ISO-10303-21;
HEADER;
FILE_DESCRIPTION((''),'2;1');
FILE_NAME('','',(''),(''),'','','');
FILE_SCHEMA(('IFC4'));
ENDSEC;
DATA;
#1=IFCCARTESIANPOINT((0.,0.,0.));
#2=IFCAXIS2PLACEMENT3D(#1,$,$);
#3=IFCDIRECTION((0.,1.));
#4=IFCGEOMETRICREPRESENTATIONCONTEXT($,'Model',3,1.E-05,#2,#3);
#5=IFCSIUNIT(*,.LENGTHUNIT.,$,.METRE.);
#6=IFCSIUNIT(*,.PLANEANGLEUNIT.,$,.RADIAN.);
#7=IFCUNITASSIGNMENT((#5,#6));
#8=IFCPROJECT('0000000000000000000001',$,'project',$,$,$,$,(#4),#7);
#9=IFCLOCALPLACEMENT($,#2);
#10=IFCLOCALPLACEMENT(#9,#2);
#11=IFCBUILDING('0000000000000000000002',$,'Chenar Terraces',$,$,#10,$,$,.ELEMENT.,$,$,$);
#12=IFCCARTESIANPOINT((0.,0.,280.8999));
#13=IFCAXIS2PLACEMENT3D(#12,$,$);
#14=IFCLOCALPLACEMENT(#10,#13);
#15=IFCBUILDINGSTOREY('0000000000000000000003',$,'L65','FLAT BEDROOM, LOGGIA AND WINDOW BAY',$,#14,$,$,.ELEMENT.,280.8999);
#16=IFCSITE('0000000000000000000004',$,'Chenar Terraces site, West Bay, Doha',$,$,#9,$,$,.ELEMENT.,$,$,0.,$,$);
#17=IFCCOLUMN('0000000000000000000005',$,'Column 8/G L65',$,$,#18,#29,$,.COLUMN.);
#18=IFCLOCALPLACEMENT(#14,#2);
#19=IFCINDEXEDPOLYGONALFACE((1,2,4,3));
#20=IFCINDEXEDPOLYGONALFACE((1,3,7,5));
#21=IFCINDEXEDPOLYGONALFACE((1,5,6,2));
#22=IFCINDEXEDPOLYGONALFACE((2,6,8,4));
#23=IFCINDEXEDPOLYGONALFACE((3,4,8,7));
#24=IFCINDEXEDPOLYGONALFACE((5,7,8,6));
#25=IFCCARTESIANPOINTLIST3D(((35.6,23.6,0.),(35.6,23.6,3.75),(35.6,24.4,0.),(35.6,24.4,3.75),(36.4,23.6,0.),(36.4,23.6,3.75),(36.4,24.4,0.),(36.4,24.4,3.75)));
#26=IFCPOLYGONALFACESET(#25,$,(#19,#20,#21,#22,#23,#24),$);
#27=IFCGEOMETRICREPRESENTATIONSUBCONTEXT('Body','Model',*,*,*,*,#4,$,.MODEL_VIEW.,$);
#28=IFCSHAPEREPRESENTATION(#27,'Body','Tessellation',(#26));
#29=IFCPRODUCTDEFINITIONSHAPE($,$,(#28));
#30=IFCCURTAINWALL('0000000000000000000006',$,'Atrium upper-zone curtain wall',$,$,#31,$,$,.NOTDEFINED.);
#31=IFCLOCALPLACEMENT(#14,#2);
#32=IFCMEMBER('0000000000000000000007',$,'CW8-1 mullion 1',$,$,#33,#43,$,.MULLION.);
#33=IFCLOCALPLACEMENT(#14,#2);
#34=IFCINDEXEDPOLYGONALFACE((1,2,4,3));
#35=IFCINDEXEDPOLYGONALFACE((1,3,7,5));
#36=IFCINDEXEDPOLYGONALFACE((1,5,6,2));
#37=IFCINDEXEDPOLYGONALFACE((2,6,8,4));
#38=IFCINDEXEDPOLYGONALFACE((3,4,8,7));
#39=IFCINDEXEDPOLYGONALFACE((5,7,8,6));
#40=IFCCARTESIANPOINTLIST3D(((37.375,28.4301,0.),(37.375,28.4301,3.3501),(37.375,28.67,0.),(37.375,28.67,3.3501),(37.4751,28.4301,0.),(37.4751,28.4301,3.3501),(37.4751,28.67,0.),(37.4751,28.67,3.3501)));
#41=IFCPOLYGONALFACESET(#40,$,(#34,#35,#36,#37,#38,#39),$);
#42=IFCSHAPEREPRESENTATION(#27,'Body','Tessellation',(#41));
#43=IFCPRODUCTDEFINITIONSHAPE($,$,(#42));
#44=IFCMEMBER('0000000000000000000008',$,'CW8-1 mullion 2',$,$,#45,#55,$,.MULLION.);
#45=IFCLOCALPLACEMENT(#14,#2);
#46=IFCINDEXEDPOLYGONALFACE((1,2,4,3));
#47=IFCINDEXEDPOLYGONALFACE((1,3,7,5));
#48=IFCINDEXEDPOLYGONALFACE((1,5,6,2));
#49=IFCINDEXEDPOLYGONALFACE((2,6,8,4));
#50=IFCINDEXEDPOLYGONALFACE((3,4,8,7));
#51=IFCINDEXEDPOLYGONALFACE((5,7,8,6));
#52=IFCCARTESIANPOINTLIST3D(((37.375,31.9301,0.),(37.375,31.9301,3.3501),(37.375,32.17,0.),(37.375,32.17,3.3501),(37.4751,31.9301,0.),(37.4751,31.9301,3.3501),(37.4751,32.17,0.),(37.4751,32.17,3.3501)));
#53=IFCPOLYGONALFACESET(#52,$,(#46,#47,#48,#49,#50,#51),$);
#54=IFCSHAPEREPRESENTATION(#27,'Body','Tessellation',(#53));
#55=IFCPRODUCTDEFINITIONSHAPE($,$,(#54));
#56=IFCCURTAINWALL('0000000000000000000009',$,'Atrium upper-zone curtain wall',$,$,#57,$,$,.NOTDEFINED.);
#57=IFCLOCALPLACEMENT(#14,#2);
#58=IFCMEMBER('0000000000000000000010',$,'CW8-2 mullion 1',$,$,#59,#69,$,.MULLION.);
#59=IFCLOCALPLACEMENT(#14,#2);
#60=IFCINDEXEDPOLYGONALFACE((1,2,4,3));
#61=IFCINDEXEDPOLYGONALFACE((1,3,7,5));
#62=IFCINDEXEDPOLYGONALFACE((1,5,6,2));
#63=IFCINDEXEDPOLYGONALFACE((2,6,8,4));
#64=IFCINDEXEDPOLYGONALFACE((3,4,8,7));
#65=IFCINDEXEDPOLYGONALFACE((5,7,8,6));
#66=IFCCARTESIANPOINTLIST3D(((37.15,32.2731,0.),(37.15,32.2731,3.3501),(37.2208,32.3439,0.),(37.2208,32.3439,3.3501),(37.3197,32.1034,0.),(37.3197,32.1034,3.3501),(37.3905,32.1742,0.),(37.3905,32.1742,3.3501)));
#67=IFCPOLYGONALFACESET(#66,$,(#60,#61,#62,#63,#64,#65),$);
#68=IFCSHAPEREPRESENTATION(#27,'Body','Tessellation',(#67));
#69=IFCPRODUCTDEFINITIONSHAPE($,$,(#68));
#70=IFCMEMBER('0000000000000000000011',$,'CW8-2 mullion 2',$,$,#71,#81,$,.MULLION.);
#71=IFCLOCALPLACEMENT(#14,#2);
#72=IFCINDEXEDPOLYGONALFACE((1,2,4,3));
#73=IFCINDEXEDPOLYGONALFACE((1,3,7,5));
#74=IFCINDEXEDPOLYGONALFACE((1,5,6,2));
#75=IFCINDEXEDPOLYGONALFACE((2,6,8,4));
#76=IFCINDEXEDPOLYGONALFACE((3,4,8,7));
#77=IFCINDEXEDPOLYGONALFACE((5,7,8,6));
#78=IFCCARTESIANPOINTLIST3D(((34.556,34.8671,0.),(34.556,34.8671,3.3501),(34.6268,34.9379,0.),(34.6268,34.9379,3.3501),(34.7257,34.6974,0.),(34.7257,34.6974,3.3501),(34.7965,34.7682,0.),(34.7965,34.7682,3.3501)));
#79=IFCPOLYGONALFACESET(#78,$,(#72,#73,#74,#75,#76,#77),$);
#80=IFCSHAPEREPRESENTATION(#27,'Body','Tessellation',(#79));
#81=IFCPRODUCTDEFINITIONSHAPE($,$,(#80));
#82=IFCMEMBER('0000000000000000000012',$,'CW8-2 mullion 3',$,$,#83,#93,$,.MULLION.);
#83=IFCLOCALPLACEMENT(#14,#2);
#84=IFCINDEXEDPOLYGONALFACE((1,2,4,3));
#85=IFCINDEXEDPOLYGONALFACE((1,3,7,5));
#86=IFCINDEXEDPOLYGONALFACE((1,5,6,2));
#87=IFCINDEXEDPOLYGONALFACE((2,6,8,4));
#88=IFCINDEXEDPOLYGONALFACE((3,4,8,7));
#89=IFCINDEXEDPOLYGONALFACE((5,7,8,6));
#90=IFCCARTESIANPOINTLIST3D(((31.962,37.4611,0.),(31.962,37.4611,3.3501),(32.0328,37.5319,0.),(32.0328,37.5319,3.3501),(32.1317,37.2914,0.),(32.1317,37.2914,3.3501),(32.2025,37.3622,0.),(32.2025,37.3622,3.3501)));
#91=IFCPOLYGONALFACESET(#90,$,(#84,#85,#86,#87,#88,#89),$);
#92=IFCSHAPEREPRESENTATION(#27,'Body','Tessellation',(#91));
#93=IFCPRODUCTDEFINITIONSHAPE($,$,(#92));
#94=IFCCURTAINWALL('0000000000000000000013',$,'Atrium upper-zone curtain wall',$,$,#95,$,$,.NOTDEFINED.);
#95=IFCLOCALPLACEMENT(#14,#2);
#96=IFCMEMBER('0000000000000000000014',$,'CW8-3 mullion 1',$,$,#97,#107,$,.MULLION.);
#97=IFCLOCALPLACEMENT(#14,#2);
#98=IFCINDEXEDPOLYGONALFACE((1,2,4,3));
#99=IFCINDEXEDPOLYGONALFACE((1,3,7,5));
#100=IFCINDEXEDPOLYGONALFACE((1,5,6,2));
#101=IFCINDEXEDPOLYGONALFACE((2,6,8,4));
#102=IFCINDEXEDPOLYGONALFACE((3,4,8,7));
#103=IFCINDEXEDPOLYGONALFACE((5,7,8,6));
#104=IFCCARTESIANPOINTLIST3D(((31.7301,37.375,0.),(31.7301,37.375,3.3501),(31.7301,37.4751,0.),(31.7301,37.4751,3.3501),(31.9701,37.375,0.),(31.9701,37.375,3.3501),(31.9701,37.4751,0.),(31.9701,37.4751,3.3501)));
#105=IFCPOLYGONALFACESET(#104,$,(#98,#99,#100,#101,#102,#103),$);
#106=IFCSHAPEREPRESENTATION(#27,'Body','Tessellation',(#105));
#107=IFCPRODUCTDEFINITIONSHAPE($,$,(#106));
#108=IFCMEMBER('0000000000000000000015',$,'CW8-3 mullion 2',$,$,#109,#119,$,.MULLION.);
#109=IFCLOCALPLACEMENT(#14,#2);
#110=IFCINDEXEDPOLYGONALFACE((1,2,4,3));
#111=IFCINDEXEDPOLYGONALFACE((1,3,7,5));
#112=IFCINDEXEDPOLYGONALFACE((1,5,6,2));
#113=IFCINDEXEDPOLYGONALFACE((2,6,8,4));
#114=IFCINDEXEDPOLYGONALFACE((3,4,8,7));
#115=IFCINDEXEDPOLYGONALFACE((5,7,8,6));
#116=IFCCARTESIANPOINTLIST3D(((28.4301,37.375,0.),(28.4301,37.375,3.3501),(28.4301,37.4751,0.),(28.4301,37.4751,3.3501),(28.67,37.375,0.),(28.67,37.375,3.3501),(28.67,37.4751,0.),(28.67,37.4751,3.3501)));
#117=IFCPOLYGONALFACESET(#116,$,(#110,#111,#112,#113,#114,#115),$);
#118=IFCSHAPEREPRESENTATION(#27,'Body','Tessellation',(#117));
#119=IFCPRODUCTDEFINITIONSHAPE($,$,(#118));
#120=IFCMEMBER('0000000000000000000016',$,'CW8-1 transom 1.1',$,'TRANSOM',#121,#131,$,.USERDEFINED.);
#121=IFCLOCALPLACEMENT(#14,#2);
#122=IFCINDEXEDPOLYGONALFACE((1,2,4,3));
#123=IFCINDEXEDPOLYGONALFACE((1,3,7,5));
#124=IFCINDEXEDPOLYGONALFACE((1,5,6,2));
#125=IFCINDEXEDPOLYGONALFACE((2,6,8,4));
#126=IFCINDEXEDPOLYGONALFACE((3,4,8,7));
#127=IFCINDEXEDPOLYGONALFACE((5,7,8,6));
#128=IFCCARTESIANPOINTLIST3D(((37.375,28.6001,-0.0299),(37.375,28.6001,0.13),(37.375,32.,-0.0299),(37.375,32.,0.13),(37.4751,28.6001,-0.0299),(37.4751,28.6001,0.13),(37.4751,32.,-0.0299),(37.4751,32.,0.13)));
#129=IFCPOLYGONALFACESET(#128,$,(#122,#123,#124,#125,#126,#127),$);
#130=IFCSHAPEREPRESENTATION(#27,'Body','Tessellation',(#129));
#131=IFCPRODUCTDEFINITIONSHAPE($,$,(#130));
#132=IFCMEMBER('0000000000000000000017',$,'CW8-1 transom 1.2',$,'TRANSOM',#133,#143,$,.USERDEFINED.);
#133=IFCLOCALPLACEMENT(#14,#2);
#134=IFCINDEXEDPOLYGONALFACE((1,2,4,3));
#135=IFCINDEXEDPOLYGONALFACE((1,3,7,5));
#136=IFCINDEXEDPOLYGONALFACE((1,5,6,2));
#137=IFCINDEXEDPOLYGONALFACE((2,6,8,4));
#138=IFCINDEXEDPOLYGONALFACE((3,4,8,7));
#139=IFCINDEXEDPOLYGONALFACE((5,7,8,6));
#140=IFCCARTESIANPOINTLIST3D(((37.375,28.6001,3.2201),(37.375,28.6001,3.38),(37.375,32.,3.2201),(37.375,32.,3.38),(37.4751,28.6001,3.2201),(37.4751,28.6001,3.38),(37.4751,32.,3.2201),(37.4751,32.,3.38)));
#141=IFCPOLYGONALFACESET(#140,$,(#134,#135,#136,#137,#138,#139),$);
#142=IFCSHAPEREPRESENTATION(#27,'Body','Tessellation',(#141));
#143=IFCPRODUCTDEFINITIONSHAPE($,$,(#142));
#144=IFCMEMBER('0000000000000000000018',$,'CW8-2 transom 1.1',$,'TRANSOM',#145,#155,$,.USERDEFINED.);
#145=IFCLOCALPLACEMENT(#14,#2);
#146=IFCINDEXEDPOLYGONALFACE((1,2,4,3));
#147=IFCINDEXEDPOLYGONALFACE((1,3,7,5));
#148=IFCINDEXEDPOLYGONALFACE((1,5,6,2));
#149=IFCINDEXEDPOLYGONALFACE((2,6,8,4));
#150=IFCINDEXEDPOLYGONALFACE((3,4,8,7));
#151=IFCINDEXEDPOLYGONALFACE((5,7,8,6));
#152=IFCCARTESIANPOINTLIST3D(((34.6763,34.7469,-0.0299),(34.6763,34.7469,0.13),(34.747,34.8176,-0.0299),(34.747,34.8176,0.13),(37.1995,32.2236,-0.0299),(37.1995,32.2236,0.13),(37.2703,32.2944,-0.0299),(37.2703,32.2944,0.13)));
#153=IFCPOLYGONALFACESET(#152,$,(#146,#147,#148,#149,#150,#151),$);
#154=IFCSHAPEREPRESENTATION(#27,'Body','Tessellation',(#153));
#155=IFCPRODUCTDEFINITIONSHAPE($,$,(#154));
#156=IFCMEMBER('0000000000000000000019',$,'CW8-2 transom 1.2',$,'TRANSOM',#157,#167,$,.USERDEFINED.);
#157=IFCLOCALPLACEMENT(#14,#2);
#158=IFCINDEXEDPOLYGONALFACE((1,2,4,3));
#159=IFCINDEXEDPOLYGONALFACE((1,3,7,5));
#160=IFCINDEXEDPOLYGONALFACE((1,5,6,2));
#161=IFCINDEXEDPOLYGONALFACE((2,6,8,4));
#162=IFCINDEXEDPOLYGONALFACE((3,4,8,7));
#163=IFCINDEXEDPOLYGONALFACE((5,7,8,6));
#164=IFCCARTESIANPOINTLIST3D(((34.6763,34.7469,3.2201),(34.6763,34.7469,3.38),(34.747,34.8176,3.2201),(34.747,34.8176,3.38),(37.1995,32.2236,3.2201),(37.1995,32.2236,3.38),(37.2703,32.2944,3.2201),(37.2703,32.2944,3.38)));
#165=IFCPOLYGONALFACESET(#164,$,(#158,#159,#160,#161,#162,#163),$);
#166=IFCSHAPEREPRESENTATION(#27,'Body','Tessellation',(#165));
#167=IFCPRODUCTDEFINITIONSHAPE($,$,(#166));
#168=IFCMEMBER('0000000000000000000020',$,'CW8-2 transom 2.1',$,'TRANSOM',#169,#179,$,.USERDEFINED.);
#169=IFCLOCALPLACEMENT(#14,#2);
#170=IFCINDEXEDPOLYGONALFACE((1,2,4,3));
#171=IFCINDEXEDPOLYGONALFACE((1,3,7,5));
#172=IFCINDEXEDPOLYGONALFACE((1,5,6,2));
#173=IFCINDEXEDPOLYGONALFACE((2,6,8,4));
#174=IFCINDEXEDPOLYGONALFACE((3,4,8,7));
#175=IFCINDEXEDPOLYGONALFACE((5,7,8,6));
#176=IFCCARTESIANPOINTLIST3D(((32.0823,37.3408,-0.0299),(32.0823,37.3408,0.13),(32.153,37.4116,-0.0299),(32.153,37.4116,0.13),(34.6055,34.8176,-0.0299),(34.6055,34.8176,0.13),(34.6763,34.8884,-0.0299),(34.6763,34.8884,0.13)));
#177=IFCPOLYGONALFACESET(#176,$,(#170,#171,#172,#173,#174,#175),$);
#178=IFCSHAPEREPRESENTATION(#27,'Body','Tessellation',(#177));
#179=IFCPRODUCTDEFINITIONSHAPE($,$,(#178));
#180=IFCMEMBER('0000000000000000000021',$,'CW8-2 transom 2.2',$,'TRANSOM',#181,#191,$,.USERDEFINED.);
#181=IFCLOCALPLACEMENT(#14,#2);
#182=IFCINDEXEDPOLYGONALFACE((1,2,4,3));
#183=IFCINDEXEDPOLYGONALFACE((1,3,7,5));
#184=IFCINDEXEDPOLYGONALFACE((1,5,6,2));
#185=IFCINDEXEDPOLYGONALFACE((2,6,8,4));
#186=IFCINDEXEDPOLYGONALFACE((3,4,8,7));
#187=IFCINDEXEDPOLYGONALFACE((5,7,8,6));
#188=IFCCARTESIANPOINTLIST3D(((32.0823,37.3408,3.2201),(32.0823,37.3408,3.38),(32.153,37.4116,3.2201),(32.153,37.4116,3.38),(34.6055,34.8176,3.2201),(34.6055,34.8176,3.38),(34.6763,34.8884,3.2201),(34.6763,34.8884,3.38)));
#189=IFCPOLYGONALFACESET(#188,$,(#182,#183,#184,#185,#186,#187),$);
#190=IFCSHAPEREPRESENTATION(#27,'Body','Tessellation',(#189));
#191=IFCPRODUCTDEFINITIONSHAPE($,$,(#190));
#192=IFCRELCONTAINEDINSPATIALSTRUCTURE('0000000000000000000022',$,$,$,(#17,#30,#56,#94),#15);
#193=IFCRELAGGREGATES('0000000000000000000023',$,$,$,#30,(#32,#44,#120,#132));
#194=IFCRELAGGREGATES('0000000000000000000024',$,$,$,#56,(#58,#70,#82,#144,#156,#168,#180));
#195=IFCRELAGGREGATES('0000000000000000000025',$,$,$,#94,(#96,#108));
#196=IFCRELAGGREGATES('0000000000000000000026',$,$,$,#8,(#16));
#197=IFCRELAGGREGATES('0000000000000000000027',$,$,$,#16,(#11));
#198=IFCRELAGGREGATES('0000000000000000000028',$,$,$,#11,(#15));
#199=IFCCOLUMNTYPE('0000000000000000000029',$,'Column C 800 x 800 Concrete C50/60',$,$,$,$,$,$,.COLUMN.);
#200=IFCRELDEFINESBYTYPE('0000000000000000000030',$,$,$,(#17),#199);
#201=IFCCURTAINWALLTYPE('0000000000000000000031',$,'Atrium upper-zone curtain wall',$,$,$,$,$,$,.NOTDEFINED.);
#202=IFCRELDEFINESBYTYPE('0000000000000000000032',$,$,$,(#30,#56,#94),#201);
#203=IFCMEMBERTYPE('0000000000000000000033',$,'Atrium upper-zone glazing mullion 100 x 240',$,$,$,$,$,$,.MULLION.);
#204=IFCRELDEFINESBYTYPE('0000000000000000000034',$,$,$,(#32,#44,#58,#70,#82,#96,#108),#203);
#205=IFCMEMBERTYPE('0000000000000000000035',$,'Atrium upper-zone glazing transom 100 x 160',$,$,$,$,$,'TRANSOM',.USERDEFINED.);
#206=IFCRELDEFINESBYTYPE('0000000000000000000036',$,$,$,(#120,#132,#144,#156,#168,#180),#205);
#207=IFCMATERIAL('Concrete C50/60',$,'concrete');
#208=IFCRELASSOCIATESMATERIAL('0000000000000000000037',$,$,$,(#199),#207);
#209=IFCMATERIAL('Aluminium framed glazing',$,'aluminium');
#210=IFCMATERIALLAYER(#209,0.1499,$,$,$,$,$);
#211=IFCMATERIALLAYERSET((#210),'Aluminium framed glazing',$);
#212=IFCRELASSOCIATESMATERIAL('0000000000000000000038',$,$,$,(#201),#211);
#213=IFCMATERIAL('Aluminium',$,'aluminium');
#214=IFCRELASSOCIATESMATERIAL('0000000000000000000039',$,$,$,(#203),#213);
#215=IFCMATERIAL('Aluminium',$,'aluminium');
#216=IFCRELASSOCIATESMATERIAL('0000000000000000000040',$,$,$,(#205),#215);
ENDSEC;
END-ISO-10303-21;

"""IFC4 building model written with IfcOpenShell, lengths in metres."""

from ifc_helpers import new_model, si_unit, direction, frame, origin, origin_2d, place, context, subcontext, project, spatial, rectangle, extrude, material, layer, layer_set, material_profile, profile_set, type_object, element, aggregate, save


model = new_model("IFC4")

# Units and contexts
model_context = context("Model", 3, precision=1e-05, world=origin(), true_north=direction((0.0, 1.0)))
body_context = subcontext(model_context, "Body", "Model", "MODEL_VIEW")
ifc_project = project(units=[si_unit("LENGTHUNIT", "METRE"), si_unit("PLANEANGLEUNIT", "RADIAN")], contexts=[model_context])

# Site, building, storey
site_placement = place(None, origin())
site = spatial("IfcSite", under=ifc_project, at=site_placement, Name="Chenar Terraces site, West Bay, Doha", CompositionType="ELEMENT", RefElevation=0.0)
building_placement = place(site_placement, origin())
building = spatial("IfcBuilding", under=site, at=building_placement, Name="Chenar Terraces", CompositionType="ELEMENT")
storey_placement = place(building_placement, frame((0.0, 0.0, 280.8999)))
storey = spatial("IfcBuildingStorey", under=building, at=storey_placement, Name="L65", Description="FLAT BEDROOM, LOGGIA AND WINDOW BAY", CompositionType="ELEMENT", Elevation=280.8999)

# Column
ifc_material_1 = material(Name="Concrete C50/60", Category="concrete")
ifc_material_profile_1 = material_profile(ifc_material_1, rectangle(XDim=0.8, YDim=0.8, at=origin_2d()), Name="C 800 x 800")
ifc_profile_set_1 = profile_set([ifc_material_profile_1], Name="Concrete C50/60")
column_type = type_object("IfcColumnType", Name="Column C 800 x 800 Concrete C50/60", PredefinedType="COLUMN", material=ifc_profile_set_1)
column_placement = place(storey_placement, frame((36.0, 24.0, 0.0), z_axis=(0.0, 0.0, 1.0), x_axis=(1.0, 0.0, 0.0)))
element("IfcColumn", 1, at=column_placement, inside=storey, type_object=column_type, Name="Column 8/G L65", PredefinedType="COLUMN", context=body_context, shape_type="SweptSolid", body=[
    extrude(rectangle(XDim=0.8, YDim=0.8, at=origin_2d()), origin(), (0.0, 0.0, 1.0), 3.75),
])

# Curtain walls, members
ifc_material_2 = material(Name="Aluminium framed glazing", Category="aluminium")
ifc_layer_1 = layer(ifc_material_2, 0.1499)
ifc_layer_set_1 = layer_set([ifc_layer_1], Name="Aluminium framed glazing")
curtain_wall_type = type_object("IfcCurtainWallType", Name="Atrium upper-zone curtain wall", PredefinedType="NOTDEFINED", material=ifc_layer_set_1)
placement = place(storey_placement, origin())
curtain_wall_1 = element("IfcCurtainWall", 2, at=placement, inside=storey, type_object=curtain_wall_type, Name="Atrium upper-zone curtain wall", PredefinedType="NOTDEFINED")
ifc_material_3 = material(Name="Aluminium", Category="aluminium")
ifc_material_profile_2 = material_profile(ifc_material_3, rectangle(XDim=0.1001, YDim=0.24, at=origin_2d()), Name="Atrium upper-zone glazing mullion 100 x 240")
ifc_profile_set_2 = profile_set([ifc_material_profile_2], Name="Aluminium")
member_type_1 = type_object("IfcMemberType", Name="Atrium upper-zone glazing mullion 100 x 240", PredefinedType="MULLION", material=ifc_profile_set_2)
member_1_placement = place(storey_placement, frame((37.425, 28.55, 0.0), z_axis=(0.0, 0.0, 1.0), x_axis=(-1.0, 0.0, 0.0)))
member_1 = element("IfcMember", 3, at=member_1_placement, type_object=member_type_1, Name="CW8-1 mullion 1", PredefinedType="MULLION", context=body_context, shape_type="SweptSolid", body=[
    extrude(rectangle(XDim=0.1001, YDim=0.24, at=origin_2d()), origin(), (0.0, 0.0, 1.0), 3.3501),
])
member_2_placement = place(storey_placement, frame((37.425, 32.05, 0.0), z_axis=(0.0, 0.0, 1.0), x_axis=(-1.0, 0.0, 0.0)))
member_2 = element("IfcMember", 4, at=member_2_placement, type_object=member_type_1, Name="CW8-1 mullion 2", PredefinedType="MULLION", context=body_context, shape_type="SweptSolid", body=[
    extrude(rectangle(XDim=0.1001, YDim=0.24, at=origin_2d()), origin(), (0.0, 0.0, 1.0), 3.3501),
])
curtain_wall_2 = element("IfcCurtainWall", 5, at=placement, inside=storey, type_object=curtain_wall_type, Name="Atrium upper-zone curtain wall", PredefinedType="NOTDEFINED")
member_3_placement = place(storey_placement, frame((37.2703, 32.2236, 0.0), z_axis=(0.0, 0.0, 1.0), x_axis=(-0.707107, -0.707107, 0.0)))
member_3 = element("IfcMember", 6, at=member_3_placement, type_object=member_type_1, Name="CW8-2 mullion 1", PredefinedType="MULLION", context=body_context, shape_type="SweptSolid", body=[
    extrude(rectangle(XDim=0.1001, YDim=0.24, at=origin_2d()), origin(), (0.0, 0.0, 1.0), 3.3501),
])
member_4_placement = place(storey_placement, frame((34.6763, 34.8176, 0.0), z_axis=(0.0, 0.0, 1.0), x_axis=(-0.707107, -0.707107, 0.0)))
member_4 = element("IfcMember", 7, at=member_4_placement, type_object=member_type_1, Name="CW8-2 mullion 2", PredefinedType="MULLION", context=body_context, shape_type="SweptSolid", body=[
    extrude(rectangle(XDim=0.1001, YDim=0.24, at=origin_2d()), origin(), (0.0, 0.0, 1.0), 3.3501),
])
member_5_placement = place(storey_placement, frame((32.0823, 37.4116, 0.0), z_axis=(0.0, 0.0, 1.0), x_axis=(-0.707107, -0.707107, 0.0)))
member_5 = element("IfcMember", 8, at=member_5_placement, type_object=member_type_1, Name="CW8-2 mullion 3", PredefinedType="MULLION", context=body_context, shape_type="SweptSolid", body=[
    extrude(rectangle(XDim=0.1001, YDim=0.24, at=origin_2d()), origin(), (0.0, 0.0, 1.0), 3.3501),
])
curtain_wall_3 = element("IfcCurtainWall", 9, at=placement, inside=storey, type_object=curtain_wall_type, Name="Atrium upper-zone curtain wall", PredefinedType="NOTDEFINED")
member_6_placement = place(storey_placement, frame((31.8501, 37.425, 0.0), z_axis=(0.0, 0.0, 1.0), x_axis=(0.0, -1.0, 0.0)))
member_6 = element("IfcMember", 10, at=member_6_placement, type_object=member_type_1, Name="CW8-3 mullion 1", PredefinedType="MULLION", context=body_context, shape_type="SweptSolid", body=[
    extrude(rectangle(XDim=0.1001, YDim=0.24, at=origin_2d()), origin(), (0.0, 0.0, 1.0), 3.3501),
])
member_7_placement = place(storey_placement, frame((28.55, 37.425, 0.0), z_axis=(0.0, 0.0, 1.0), x_axis=(0.0, -1.0, 0.0)))
member_7 = element("IfcMember", 11, at=member_7_placement, type_object=member_type_1, Name="CW8-3 mullion 2", PredefinedType="MULLION", context=body_context, shape_type="SweptSolid", body=[
    extrude(rectangle(XDim=0.1001, YDim=0.24, at=origin_2d()), origin(), (0.0, 0.0, 1.0), 3.3501),
])

# Members
ifc_material_4 = material(Name="Aluminium", Category="aluminium")
ifc_material_profile_3 = material_profile(ifc_material_4, rectangle(XDim=0.1001, YDim=0.1599, at=origin_2d()), Name="Atrium upper-zone glazing transom 100 x 160")
ifc_profile_set_3 = profile_set([ifc_material_profile_3], Name="Aluminium")
member_type_2 = type_object("IfcMemberType", Name="Atrium upper-zone glazing transom 100 x 160", ElementType="TRANSOM", PredefinedType="USERDEFINED", material=ifc_profile_set_3)
member_8_placement = place(storey_placement, frame((37.425, 28.6001, 0.05), z_axis=(0.0, 1.0, 0.0), x_axis=(-1.0, 0.0, 0.0)))
member_8 = element("IfcMember", 12, at=member_8_placement, type_object=member_type_2, Name="CW8-1 transom 1.1", ObjectType="TRANSOM", PredefinedType="USERDEFINED", context=body_context, shape_type="SweptSolid", body=[
    extrude(rectangle(XDim=0.1001, YDim=0.1599, at=origin_2d()), origin(), (0.0, 0.0, 1.0), 3.3999),
])
member_9_placement = place(storey_placement, frame((37.425, 28.6001, 3.3), z_axis=(0.0, 1.0, 0.0), x_axis=(-1.0, 0.0, 0.0)))
member_9 = element("IfcMember", 13, at=member_9_placement, type_object=member_type_2, Name="CW8-1 transom 1.2", ObjectType="TRANSOM", PredefinedType="USERDEFINED", context=body_context, shape_type="SweptSolid", body=[
    extrude(rectangle(XDim=0.1001, YDim=0.1599, at=origin_2d()), origin(), (0.0, 0.0, 1.0), 3.3999),
])
member_10_placement = place(storey_placement, frame((37.2349, 32.259, 0.05), z_axis=(-0.707107, 0.707107, 0.0), x_axis=(-0.707107, -0.707107, 0.0)))
member_10 = element("IfcMember", 14, at=member_10_placement, type_object=member_type_2, Name="CW8-2 transom 1.1", ObjectType="TRANSOM", PredefinedType="USERDEFINED", context=body_context, shape_type="SweptSolid", body=[
    extrude(rectangle(XDim=0.1001, YDim=0.1599, at=origin_2d()), origin(), (0.0, 0.0, 1.0), 3.5684),
])
member_11_placement = place(storey_placement, frame((37.2349, 32.259, 3.3), z_axis=(-0.707107, 0.707107, 0.0), x_axis=(-0.707107, -0.707107, 0.0)))
member_11 = element("IfcMember", 15, at=member_11_placement, type_object=member_type_2, Name="CW8-2 transom 1.2", ObjectType="TRANSOM", PredefinedType="USERDEFINED", context=body_context, shape_type="SweptSolid", body=[
    extrude(rectangle(XDim=0.1001, YDim=0.1599, at=origin_2d()), origin(), (0.0, 0.0, 1.0), 3.5684),
])
member_12_placement = place(storey_placement, frame((34.6409, 34.853, 0.05), z_axis=(-0.707107, 0.707107, 0.0), x_axis=(-0.707107, -0.707107, 0.0)))
member_12 = element("IfcMember", 16, at=member_12_placement, type_object=member_type_2, Name="CW8-2 transom 2.1", ObjectType="TRANSOM", PredefinedType="USERDEFINED", context=body_context, shape_type="SweptSolid", body=[
    extrude(rectangle(XDim=0.1001, YDim=0.1599, at=origin_2d()), origin(), (0.0, 0.0, 1.0), 3.5684),
])
member_13_placement = place(storey_placement, frame((34.6409, 34.853, 3.3), z_axis=(-0.707107, 0.707107, 0.0), x_axis=(-0.707107, -0.707107, 0.0)))
member_13 = element("IfcMember", 17, at=member_13_placement, type_object=member_type_2, Name="CW8-2 transom 2.2", ObjectType="TRANSOM", PredefinedType="USERDEFINED", context=body_context, shape_type="SweptSolid", body=[
    extrude(rectangle(XDim=0.1001, YDim=0.1599, at=origin_2d()), origin(), (0.0, 0.0, 1.0), 3.5684),
])

aggregate(curtain_wall_1, [member_1, member_2, member_8, member_9])
aggregate(curtain_wall_2, [member_3, member_4, member_5, member_10, member_11, member_12, member_13])
aggregate(curtain_wall_3, [member_6, member_7])

save(model, "model.ifc")
